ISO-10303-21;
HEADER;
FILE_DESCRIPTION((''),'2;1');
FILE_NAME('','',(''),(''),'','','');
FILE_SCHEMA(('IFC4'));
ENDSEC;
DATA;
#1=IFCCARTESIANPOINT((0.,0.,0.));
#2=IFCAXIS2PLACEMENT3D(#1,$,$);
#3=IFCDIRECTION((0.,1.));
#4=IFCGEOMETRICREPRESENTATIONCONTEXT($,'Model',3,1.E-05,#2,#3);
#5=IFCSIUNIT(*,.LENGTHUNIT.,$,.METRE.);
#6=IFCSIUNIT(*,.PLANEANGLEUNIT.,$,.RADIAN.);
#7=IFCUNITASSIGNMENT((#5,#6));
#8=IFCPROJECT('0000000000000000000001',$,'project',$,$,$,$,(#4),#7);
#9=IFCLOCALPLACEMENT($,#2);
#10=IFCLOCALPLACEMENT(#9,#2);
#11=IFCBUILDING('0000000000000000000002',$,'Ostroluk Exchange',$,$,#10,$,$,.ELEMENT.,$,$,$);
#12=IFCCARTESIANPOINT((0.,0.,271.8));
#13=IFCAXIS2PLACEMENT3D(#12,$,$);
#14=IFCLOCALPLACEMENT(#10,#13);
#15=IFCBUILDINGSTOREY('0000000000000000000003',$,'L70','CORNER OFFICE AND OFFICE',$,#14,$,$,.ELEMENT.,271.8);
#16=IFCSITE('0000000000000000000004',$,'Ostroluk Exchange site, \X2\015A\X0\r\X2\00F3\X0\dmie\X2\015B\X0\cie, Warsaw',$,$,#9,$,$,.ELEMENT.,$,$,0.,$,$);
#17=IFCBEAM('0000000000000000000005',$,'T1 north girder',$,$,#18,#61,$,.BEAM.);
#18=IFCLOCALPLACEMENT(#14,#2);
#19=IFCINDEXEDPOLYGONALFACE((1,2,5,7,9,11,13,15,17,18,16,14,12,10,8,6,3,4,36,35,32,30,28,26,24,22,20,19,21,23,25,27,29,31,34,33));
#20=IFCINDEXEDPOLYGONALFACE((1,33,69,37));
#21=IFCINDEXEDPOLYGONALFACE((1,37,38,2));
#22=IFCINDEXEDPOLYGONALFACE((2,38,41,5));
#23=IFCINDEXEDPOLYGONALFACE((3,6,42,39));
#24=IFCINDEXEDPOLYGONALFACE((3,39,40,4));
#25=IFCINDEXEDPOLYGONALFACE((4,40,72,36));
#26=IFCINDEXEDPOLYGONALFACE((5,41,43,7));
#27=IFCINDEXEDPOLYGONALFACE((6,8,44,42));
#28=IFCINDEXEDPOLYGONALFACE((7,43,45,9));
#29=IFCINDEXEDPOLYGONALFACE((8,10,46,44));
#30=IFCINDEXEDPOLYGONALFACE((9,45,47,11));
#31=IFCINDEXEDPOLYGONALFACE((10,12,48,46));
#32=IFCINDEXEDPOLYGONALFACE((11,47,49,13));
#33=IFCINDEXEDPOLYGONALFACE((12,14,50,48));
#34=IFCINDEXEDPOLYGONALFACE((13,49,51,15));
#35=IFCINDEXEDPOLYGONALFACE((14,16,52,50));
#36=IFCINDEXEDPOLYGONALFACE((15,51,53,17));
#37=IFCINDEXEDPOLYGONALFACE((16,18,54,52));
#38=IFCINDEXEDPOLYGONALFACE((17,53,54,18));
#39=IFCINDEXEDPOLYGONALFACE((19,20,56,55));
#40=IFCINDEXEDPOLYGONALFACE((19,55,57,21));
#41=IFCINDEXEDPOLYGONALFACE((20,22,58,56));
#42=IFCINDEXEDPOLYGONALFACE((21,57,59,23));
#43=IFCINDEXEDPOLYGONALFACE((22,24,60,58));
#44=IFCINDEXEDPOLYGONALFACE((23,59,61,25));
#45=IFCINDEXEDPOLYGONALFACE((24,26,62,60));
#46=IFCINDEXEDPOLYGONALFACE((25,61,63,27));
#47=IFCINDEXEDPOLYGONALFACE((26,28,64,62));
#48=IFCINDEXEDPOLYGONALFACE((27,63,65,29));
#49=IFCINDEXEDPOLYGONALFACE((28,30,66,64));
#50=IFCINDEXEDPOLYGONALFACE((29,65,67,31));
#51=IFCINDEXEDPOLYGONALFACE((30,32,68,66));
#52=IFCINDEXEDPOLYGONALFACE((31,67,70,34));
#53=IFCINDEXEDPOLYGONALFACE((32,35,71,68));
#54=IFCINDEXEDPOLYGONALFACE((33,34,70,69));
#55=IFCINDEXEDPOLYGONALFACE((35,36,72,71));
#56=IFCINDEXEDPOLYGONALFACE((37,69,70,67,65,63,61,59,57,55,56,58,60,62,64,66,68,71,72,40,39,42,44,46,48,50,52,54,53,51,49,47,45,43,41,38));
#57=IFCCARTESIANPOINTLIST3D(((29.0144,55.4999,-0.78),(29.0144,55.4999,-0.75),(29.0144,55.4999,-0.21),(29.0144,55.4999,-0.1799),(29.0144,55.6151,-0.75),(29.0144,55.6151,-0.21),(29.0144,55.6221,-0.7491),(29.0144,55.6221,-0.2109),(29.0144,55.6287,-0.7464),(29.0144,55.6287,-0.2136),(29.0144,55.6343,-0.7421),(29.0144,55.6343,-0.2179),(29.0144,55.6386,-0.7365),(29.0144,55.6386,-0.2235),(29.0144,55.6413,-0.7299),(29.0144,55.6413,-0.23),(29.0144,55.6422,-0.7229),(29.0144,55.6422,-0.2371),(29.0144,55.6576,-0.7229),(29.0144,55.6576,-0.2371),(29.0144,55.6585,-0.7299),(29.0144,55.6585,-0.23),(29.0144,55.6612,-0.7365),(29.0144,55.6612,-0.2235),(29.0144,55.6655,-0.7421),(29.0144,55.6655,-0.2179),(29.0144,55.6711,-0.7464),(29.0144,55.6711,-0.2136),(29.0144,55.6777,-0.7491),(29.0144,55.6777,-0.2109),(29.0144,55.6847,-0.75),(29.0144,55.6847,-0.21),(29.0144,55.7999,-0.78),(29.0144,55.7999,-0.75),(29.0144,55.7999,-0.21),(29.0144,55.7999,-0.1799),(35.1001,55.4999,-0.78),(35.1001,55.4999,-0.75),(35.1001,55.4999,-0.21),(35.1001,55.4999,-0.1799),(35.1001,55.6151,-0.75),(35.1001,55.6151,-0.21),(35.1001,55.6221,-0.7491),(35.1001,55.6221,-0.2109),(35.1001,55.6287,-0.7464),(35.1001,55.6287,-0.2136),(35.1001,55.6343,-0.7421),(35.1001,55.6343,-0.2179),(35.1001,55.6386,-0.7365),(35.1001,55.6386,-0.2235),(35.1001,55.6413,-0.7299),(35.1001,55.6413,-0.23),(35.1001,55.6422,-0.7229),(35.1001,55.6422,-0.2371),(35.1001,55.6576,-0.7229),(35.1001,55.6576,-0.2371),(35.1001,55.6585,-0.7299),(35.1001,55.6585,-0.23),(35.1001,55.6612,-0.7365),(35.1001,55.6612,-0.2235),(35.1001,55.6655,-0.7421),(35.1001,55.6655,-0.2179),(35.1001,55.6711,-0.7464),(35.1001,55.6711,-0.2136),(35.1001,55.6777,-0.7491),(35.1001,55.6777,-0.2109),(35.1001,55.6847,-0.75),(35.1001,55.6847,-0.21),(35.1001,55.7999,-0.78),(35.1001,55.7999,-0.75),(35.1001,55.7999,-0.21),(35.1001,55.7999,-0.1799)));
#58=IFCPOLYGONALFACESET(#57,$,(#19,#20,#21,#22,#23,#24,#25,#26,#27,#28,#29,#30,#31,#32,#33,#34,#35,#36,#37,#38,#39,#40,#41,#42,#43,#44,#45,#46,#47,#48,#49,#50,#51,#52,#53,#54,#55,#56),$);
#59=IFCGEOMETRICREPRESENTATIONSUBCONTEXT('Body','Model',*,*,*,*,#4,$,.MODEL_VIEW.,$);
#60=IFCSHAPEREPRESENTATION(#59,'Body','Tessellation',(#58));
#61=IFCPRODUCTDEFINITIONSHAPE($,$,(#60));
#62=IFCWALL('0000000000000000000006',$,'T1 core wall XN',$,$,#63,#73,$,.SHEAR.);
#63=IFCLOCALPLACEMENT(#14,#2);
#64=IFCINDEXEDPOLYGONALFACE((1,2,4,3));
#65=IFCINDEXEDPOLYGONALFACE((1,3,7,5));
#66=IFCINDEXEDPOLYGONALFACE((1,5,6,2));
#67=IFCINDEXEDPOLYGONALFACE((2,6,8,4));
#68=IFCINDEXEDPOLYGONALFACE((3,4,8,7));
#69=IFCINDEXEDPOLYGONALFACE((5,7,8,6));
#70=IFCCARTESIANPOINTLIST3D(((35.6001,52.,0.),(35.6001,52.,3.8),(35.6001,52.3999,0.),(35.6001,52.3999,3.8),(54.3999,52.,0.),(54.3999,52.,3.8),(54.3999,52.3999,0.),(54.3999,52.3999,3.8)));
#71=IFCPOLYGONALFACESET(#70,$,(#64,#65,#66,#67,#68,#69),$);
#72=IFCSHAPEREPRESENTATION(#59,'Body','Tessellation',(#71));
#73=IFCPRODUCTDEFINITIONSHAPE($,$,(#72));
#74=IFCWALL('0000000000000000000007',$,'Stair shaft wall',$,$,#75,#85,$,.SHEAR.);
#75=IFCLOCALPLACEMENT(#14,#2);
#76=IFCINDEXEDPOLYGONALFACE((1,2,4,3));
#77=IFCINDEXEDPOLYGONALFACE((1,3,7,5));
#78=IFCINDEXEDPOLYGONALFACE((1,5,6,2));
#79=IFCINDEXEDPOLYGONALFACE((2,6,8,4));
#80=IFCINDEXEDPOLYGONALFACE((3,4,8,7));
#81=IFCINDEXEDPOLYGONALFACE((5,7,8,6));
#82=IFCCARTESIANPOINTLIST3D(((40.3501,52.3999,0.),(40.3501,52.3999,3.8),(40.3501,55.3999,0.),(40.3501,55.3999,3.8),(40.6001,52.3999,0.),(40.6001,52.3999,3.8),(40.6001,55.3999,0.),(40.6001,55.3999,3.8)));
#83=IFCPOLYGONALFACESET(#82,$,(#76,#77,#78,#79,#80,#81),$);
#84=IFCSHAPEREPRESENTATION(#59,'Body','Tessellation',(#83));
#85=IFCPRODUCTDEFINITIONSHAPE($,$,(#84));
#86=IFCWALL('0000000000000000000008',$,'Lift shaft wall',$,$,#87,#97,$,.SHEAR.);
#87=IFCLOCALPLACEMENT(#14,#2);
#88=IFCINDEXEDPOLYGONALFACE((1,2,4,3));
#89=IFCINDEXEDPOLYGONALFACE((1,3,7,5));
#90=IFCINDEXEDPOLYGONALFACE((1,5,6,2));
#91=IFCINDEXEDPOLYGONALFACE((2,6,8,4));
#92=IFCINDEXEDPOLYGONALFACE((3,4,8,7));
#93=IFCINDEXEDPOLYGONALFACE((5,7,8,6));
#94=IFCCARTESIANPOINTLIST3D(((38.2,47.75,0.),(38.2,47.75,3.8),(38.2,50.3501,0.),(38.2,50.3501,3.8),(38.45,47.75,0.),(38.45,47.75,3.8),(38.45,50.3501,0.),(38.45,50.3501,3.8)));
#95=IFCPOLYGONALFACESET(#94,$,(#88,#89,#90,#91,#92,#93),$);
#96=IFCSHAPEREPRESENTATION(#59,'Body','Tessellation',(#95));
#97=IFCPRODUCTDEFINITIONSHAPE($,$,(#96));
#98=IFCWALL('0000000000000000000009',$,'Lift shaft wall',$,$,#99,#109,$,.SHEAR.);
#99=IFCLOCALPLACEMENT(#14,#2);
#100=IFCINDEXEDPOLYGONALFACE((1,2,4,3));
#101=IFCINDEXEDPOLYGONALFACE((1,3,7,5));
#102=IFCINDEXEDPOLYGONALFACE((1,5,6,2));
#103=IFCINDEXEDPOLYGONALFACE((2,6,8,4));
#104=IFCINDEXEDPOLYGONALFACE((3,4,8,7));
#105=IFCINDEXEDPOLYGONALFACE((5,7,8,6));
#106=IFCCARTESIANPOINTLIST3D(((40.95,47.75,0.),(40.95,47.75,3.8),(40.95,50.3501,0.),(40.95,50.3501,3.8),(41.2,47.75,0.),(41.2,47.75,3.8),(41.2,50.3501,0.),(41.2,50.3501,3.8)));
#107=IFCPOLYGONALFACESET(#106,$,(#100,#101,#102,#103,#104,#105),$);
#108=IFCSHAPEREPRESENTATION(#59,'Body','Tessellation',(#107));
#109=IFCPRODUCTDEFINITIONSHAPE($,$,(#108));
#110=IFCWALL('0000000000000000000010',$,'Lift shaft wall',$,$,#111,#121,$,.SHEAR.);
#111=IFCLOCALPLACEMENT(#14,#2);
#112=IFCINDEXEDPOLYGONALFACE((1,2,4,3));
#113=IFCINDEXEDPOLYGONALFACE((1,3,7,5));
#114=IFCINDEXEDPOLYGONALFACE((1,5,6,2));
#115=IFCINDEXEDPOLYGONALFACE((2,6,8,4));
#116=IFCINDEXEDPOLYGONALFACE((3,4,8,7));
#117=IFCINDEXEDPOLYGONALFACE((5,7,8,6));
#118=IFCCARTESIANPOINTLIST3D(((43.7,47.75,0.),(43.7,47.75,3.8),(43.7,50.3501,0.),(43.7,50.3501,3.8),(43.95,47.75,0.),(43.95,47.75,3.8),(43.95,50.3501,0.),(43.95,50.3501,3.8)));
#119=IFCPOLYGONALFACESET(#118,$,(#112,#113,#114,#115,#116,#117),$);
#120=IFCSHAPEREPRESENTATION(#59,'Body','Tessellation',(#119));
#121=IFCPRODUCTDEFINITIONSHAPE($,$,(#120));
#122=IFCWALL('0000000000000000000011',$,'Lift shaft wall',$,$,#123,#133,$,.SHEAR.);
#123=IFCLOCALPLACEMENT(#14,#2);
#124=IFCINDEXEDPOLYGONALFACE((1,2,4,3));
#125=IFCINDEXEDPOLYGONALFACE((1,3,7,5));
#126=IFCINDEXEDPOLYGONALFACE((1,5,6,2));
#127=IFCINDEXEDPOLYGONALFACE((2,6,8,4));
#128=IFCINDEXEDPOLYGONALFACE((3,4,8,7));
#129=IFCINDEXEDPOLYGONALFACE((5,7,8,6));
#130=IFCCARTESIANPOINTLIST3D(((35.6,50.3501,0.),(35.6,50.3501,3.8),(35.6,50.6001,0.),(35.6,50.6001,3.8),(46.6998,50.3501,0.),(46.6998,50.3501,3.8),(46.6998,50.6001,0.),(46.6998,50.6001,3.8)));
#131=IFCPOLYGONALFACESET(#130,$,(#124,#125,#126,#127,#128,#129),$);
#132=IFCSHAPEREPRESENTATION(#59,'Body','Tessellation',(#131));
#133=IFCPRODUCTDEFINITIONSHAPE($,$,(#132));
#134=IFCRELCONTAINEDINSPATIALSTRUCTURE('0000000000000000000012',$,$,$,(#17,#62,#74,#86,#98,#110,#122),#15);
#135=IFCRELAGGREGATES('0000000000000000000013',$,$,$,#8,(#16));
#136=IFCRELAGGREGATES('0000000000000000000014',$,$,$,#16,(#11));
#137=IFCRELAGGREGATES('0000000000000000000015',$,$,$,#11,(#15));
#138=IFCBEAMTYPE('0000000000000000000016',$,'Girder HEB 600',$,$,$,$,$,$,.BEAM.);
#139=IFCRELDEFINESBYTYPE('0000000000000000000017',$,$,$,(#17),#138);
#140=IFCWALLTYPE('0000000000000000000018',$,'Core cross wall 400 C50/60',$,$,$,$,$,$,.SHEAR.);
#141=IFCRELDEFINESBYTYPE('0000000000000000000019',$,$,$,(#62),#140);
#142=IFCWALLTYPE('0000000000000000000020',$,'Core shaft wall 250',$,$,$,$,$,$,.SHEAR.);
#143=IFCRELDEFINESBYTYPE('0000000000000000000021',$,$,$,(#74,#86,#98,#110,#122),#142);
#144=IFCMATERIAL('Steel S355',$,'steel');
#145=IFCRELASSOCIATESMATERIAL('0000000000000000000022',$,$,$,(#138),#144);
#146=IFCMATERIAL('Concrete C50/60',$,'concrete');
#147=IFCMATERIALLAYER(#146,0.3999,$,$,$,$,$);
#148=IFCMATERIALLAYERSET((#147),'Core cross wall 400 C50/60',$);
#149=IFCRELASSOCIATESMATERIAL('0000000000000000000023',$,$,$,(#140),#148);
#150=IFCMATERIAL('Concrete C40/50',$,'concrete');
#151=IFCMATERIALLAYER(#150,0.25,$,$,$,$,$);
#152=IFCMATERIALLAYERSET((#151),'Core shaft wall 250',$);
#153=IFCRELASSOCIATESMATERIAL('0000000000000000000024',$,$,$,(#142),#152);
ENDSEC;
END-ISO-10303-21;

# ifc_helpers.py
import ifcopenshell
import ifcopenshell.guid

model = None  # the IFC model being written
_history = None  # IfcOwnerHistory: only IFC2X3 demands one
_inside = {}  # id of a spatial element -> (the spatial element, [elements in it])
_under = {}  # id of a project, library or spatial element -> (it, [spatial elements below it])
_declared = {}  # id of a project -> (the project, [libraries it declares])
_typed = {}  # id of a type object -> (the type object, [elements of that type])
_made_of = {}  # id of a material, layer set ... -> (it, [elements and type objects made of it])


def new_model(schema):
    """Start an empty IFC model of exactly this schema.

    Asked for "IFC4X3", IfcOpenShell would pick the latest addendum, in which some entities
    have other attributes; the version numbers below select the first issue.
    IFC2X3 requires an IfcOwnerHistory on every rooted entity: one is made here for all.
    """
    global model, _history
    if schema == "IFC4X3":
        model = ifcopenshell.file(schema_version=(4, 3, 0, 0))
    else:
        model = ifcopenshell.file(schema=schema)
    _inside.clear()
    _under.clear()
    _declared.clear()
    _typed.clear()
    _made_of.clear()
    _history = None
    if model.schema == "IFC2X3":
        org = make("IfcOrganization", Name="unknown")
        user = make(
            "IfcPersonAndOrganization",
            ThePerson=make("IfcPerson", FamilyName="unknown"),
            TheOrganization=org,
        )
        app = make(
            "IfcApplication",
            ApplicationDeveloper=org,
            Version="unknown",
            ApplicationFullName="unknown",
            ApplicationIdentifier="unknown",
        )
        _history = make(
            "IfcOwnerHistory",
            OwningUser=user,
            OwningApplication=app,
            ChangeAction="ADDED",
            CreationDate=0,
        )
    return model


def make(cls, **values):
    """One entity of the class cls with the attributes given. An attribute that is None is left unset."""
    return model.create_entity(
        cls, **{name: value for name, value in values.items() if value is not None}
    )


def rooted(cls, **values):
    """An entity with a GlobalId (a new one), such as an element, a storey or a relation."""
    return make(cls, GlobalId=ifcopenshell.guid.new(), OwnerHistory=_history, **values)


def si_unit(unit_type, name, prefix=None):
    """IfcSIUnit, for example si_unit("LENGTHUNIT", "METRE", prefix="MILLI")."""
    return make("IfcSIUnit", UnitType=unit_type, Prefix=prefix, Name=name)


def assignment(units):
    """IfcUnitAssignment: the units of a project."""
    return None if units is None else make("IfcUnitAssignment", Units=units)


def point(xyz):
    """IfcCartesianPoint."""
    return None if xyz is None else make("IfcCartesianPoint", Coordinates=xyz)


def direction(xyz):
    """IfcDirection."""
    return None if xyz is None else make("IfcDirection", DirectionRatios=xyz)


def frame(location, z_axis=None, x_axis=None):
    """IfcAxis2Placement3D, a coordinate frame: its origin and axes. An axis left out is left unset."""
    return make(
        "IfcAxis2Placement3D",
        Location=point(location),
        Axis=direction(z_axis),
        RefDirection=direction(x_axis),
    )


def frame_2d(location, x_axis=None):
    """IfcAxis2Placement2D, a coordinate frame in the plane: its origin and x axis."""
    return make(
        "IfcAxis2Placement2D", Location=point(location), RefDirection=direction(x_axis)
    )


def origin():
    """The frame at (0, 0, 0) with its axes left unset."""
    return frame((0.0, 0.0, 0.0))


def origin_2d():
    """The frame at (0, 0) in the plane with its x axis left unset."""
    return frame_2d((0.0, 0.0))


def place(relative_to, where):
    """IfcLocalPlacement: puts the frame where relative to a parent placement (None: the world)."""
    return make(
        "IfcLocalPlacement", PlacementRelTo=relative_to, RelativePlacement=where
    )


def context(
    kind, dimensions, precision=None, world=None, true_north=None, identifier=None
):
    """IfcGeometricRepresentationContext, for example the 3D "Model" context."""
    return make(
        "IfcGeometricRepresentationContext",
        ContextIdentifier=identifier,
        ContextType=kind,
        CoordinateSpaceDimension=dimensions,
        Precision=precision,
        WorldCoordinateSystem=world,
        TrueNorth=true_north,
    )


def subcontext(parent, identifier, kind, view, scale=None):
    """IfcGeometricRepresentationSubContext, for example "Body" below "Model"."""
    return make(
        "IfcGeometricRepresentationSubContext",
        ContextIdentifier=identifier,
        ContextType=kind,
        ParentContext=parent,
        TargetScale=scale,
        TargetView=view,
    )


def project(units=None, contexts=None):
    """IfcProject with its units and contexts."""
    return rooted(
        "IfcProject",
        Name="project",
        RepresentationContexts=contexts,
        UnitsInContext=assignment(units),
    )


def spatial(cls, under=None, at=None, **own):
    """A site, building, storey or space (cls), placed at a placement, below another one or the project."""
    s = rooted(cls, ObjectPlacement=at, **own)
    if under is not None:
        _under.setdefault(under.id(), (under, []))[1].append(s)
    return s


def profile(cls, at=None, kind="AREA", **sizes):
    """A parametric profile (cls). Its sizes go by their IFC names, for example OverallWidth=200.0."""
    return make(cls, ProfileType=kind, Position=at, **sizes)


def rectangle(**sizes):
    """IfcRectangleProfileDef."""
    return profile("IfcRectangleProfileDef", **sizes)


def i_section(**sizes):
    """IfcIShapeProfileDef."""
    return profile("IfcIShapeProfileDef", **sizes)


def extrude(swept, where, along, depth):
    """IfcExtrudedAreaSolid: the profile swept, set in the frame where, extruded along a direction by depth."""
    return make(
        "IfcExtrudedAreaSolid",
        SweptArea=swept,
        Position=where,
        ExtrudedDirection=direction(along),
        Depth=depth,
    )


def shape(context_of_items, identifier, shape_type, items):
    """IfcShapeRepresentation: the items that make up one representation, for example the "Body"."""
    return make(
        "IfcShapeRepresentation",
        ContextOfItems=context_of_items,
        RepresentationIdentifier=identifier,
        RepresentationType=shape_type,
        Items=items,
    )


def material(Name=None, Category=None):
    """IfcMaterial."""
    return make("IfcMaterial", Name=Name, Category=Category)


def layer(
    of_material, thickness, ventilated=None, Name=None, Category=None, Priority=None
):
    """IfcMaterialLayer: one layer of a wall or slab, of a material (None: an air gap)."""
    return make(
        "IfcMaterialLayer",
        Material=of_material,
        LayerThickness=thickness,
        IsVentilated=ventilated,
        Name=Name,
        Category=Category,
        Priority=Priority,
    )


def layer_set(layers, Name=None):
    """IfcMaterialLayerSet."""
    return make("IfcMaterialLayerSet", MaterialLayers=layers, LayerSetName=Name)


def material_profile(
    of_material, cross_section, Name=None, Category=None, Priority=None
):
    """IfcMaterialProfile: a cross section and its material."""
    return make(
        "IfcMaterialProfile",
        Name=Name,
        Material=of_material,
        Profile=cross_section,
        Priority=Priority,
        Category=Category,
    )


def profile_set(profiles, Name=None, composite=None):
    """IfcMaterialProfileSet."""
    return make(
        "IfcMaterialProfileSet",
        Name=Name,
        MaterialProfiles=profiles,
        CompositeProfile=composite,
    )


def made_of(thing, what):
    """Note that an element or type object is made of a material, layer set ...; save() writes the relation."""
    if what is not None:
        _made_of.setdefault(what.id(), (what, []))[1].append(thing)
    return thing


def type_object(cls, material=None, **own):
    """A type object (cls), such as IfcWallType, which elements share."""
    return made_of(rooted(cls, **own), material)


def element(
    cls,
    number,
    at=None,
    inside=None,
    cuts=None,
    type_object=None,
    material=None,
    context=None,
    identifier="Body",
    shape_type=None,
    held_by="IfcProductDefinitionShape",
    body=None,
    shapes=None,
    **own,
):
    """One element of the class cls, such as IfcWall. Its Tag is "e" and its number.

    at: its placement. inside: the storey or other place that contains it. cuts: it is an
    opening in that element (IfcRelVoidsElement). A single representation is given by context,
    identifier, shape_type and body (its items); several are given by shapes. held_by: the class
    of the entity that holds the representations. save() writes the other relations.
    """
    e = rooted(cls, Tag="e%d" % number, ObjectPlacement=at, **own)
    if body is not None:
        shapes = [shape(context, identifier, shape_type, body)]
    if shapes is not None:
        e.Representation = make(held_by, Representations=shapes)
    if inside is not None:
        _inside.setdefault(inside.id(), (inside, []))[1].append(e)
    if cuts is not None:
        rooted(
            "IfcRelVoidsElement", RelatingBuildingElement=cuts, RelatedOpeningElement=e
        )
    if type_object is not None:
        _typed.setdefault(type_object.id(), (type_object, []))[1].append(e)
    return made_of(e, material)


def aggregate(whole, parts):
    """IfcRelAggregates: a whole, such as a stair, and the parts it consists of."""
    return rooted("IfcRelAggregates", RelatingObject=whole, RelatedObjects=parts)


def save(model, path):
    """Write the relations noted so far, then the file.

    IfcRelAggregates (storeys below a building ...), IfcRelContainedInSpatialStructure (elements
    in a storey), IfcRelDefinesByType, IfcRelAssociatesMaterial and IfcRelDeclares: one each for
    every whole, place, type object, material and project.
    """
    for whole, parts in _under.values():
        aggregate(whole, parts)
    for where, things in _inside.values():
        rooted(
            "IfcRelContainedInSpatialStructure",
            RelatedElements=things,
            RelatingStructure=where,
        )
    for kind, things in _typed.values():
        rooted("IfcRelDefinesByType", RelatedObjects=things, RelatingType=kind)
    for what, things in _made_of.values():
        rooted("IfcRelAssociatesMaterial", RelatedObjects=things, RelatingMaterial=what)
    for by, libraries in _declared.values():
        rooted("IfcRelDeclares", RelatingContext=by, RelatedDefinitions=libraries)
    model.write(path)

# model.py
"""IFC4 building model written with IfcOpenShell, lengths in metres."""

from ifc_helpers import new_model, si_unit, direction, frame, frame_2d, origin, origin_2d, place, context, subcontext, project, spatial, rectangle, i_section, extrude, material, layer, layer_set, material_profile, profile_set, type_object, element, save


model = new_model("IFC4")

# Units and contexts
model_context = context("Model", 3, precision=1e-05, world=origin(), true_north=direction((0.0, 1.0)))
body_context = subcontext(model_context, "Body", "Model", "MODEL_VIEW")
ifc_project = project(units=[si_unit("LENGTHUNIT", "METRE"), si_unit("PLANEANGLEUNIT", "RADIAN")], contexts=[model_context])

# Site, building, storey
site_placement = place(None, origin())
site = spatial("IfcSite", under=ifc_project, at=site_placement, Name="Ostroluk Exchange site, Śródmieście, Warsaw", CompositionType="ELEMENT", RefElevation=0.0)
building_placement = place(site_placement, origin())
building = spatial("IfcBuilding", under=site, at=building_placement, Name="Ostroluk Exchange", CompositionType="ELEMENT")
storey_placement = place(building_placement, frame((0.0, 0.0, 271.8)))
storey = spatial("IfcBuildingStorey", under=building, at=storey_placement, Name="L70", Description="CORNER OFFICE AND OFFICE", CompositionType="ELEMENT", Elevation=271.8)

# Beam
ifc_material_1 = material(Name="Steel S355", Category="steel")
ifc_material_profile_1 = material_profile(ifc_material_1, i_section(OverallWidth=0.3, OverallDepth=0.6001, WebThickness=0.0154, FlangeThickness=0.03, FilletRadius=0.0271, at=origin_2d()), Name="HEB 600")
ifc_profile_set_1 = profile_set([ifc_material_profile_1], Name="Steel S355")
beam_type_1 = type_object("IfcBeamType", Name="Girder HEB 600", PredefinedType="BEAM", material=ifc_profile_set_1)
beam_placement = place(storey_placement, frame((35.1001, 55.6499, -0.48), z_axis=(-1.0, 0.0, 0.0), x_axis=(0.0, -1.0, 0.0)))
element("IfcBeam", 1, at=beam_placement, inside=storey, type_object=beam_type_1, Name="T1 north girder", PredefinedType="BEAM", context=body_context, shape_type="SweptSolid", body=[
    extrude(i_section(OverallWidth=0.3, OverallDepth=0.6001, WebThickness=0.0154, FlangeThickness=0.03, FilletRadius=0.0271, at=origin_2d()), origin(), (0.0, 0.0, 1.0), 6.0857),
])

# Walls
ifc_material_2 = material(Name="Concrete C50/60", Category="concrete")
ifc_layer_1 = layer(ifc_material_2, 0.3999)
ifc_layer_set_1 = layer_set([ifc_layer_1], Name="Core cross wall 400 C50/60")
wall_type_1 = type_object("IfcWallType", Name="Core cross wall 400 C50/60", PredefinedType="SHEAR", material=ifc_layer_set_1)
wall_1_placement = place(storey_placement, frame((35.6001, 52.2, 0.0), z_axis=(0.0, 0.0, 1.0), x_axis=(1.0, 0.0, 0.0)))
element("IfcWall", 2, at=wall_1_placement, inside=storey, type_object=wall_type_1, Name="T1 core wall XN", PredefinedType="SHEAR", context=body_context, shape_type="SweptSolid", body=[
    extrude(rectangle(XDim=18.7998, YDim=0.3999, at=frame_2d((9.3999, 0.0))), origin(), (0.0, 0.0, 1.0), 3.8),
])
ifc_material_3 = material(Name="Concrete C40/50", Category="concrete")
ifc_layer_2 = layer(ifc_material_3, 0.25)
ifc_layer_set_2 = layer_set([ifc_layer_2], Name="Core shaft wall 250")
wall_type_2 = type_object("IfcWallType", Name="Core shaft wall 250", PredefinedType="SHEAR", material=ifc_layer_set_2)
wall_2_placement = place(storey_placement, frame((40.4751, 52.3999, 0.0), z_axis=(0.0, 0.0, 1.0), x_axis=(0.0, 1.0, 0.0)))
element("IfcWall", 3, at=wall_2_placement, inside=storey, type_object=wall_type_2, Name="Stair shaft wall", PredefinedType="SHEAR", context=body_context, shape_type="SweptSolid", body=[
    extrude(rectangle(XDim=3.0, YDim=0.25, at=frame_2d((1.5, 0.0))), origin(), (0.0, 0.0, 1.0), 3.8),
])
for number, where, z_axis, x_axis, name in (
    (4, (38.325, 47.75, 0.0), (0.0, 0.0, 1.0), (0.0, 1.0, 0.0), "Lift shaft wall"),
    (5, (41.075, 47.75, 0.0), (0.0, 0.0, 1.0), (0.0, 1.0, 0.0), "Lift shaft wall"),
    (6, (43.825, 47.75, 0.0), (0.0, 0.0, 1.0), (0.0, 1.0, 0.0), "Lift shaft wall"),
):
    element("IfcWall", number, at=place(storey_placement, frame(where, z_axis=z_axis, x_axis=x_axis)), inside=storey, type_object=wall_type_2, Name=name, PredefinedType="SHEAR", context=body_context, shape_type="SweptSolid", body=[
        extrude(rectangle(XDim=2.6001, YDim=0.25, at=frame_2d((1.3, 0.0))), origin(), (0.0, 0.0, 1.0), 3.8),
    ])
wall_3_placement = place(storey_placement, frame((35.6001, 50.4751, 0.0), z_axis=(0.0, 0.0, 1.0), x_axis=(1.0, 0.0, 0.0)))
element("IfcWall", 7, at=wall_3_placement, inside=storey, type_object=wall_type_2, Name="Lift shaft wall", PredefinedType="SHEAR", context=body_context, shape_type="SweptSolid", body=[
    extrude(rectangle(XDim=11.0999, YDim=0.25, at=frame_2d((5.5498, 0.0))), origin(), (0.0, 0.0, 1.0), 3.8),
])

save(model, "model.ifc")
